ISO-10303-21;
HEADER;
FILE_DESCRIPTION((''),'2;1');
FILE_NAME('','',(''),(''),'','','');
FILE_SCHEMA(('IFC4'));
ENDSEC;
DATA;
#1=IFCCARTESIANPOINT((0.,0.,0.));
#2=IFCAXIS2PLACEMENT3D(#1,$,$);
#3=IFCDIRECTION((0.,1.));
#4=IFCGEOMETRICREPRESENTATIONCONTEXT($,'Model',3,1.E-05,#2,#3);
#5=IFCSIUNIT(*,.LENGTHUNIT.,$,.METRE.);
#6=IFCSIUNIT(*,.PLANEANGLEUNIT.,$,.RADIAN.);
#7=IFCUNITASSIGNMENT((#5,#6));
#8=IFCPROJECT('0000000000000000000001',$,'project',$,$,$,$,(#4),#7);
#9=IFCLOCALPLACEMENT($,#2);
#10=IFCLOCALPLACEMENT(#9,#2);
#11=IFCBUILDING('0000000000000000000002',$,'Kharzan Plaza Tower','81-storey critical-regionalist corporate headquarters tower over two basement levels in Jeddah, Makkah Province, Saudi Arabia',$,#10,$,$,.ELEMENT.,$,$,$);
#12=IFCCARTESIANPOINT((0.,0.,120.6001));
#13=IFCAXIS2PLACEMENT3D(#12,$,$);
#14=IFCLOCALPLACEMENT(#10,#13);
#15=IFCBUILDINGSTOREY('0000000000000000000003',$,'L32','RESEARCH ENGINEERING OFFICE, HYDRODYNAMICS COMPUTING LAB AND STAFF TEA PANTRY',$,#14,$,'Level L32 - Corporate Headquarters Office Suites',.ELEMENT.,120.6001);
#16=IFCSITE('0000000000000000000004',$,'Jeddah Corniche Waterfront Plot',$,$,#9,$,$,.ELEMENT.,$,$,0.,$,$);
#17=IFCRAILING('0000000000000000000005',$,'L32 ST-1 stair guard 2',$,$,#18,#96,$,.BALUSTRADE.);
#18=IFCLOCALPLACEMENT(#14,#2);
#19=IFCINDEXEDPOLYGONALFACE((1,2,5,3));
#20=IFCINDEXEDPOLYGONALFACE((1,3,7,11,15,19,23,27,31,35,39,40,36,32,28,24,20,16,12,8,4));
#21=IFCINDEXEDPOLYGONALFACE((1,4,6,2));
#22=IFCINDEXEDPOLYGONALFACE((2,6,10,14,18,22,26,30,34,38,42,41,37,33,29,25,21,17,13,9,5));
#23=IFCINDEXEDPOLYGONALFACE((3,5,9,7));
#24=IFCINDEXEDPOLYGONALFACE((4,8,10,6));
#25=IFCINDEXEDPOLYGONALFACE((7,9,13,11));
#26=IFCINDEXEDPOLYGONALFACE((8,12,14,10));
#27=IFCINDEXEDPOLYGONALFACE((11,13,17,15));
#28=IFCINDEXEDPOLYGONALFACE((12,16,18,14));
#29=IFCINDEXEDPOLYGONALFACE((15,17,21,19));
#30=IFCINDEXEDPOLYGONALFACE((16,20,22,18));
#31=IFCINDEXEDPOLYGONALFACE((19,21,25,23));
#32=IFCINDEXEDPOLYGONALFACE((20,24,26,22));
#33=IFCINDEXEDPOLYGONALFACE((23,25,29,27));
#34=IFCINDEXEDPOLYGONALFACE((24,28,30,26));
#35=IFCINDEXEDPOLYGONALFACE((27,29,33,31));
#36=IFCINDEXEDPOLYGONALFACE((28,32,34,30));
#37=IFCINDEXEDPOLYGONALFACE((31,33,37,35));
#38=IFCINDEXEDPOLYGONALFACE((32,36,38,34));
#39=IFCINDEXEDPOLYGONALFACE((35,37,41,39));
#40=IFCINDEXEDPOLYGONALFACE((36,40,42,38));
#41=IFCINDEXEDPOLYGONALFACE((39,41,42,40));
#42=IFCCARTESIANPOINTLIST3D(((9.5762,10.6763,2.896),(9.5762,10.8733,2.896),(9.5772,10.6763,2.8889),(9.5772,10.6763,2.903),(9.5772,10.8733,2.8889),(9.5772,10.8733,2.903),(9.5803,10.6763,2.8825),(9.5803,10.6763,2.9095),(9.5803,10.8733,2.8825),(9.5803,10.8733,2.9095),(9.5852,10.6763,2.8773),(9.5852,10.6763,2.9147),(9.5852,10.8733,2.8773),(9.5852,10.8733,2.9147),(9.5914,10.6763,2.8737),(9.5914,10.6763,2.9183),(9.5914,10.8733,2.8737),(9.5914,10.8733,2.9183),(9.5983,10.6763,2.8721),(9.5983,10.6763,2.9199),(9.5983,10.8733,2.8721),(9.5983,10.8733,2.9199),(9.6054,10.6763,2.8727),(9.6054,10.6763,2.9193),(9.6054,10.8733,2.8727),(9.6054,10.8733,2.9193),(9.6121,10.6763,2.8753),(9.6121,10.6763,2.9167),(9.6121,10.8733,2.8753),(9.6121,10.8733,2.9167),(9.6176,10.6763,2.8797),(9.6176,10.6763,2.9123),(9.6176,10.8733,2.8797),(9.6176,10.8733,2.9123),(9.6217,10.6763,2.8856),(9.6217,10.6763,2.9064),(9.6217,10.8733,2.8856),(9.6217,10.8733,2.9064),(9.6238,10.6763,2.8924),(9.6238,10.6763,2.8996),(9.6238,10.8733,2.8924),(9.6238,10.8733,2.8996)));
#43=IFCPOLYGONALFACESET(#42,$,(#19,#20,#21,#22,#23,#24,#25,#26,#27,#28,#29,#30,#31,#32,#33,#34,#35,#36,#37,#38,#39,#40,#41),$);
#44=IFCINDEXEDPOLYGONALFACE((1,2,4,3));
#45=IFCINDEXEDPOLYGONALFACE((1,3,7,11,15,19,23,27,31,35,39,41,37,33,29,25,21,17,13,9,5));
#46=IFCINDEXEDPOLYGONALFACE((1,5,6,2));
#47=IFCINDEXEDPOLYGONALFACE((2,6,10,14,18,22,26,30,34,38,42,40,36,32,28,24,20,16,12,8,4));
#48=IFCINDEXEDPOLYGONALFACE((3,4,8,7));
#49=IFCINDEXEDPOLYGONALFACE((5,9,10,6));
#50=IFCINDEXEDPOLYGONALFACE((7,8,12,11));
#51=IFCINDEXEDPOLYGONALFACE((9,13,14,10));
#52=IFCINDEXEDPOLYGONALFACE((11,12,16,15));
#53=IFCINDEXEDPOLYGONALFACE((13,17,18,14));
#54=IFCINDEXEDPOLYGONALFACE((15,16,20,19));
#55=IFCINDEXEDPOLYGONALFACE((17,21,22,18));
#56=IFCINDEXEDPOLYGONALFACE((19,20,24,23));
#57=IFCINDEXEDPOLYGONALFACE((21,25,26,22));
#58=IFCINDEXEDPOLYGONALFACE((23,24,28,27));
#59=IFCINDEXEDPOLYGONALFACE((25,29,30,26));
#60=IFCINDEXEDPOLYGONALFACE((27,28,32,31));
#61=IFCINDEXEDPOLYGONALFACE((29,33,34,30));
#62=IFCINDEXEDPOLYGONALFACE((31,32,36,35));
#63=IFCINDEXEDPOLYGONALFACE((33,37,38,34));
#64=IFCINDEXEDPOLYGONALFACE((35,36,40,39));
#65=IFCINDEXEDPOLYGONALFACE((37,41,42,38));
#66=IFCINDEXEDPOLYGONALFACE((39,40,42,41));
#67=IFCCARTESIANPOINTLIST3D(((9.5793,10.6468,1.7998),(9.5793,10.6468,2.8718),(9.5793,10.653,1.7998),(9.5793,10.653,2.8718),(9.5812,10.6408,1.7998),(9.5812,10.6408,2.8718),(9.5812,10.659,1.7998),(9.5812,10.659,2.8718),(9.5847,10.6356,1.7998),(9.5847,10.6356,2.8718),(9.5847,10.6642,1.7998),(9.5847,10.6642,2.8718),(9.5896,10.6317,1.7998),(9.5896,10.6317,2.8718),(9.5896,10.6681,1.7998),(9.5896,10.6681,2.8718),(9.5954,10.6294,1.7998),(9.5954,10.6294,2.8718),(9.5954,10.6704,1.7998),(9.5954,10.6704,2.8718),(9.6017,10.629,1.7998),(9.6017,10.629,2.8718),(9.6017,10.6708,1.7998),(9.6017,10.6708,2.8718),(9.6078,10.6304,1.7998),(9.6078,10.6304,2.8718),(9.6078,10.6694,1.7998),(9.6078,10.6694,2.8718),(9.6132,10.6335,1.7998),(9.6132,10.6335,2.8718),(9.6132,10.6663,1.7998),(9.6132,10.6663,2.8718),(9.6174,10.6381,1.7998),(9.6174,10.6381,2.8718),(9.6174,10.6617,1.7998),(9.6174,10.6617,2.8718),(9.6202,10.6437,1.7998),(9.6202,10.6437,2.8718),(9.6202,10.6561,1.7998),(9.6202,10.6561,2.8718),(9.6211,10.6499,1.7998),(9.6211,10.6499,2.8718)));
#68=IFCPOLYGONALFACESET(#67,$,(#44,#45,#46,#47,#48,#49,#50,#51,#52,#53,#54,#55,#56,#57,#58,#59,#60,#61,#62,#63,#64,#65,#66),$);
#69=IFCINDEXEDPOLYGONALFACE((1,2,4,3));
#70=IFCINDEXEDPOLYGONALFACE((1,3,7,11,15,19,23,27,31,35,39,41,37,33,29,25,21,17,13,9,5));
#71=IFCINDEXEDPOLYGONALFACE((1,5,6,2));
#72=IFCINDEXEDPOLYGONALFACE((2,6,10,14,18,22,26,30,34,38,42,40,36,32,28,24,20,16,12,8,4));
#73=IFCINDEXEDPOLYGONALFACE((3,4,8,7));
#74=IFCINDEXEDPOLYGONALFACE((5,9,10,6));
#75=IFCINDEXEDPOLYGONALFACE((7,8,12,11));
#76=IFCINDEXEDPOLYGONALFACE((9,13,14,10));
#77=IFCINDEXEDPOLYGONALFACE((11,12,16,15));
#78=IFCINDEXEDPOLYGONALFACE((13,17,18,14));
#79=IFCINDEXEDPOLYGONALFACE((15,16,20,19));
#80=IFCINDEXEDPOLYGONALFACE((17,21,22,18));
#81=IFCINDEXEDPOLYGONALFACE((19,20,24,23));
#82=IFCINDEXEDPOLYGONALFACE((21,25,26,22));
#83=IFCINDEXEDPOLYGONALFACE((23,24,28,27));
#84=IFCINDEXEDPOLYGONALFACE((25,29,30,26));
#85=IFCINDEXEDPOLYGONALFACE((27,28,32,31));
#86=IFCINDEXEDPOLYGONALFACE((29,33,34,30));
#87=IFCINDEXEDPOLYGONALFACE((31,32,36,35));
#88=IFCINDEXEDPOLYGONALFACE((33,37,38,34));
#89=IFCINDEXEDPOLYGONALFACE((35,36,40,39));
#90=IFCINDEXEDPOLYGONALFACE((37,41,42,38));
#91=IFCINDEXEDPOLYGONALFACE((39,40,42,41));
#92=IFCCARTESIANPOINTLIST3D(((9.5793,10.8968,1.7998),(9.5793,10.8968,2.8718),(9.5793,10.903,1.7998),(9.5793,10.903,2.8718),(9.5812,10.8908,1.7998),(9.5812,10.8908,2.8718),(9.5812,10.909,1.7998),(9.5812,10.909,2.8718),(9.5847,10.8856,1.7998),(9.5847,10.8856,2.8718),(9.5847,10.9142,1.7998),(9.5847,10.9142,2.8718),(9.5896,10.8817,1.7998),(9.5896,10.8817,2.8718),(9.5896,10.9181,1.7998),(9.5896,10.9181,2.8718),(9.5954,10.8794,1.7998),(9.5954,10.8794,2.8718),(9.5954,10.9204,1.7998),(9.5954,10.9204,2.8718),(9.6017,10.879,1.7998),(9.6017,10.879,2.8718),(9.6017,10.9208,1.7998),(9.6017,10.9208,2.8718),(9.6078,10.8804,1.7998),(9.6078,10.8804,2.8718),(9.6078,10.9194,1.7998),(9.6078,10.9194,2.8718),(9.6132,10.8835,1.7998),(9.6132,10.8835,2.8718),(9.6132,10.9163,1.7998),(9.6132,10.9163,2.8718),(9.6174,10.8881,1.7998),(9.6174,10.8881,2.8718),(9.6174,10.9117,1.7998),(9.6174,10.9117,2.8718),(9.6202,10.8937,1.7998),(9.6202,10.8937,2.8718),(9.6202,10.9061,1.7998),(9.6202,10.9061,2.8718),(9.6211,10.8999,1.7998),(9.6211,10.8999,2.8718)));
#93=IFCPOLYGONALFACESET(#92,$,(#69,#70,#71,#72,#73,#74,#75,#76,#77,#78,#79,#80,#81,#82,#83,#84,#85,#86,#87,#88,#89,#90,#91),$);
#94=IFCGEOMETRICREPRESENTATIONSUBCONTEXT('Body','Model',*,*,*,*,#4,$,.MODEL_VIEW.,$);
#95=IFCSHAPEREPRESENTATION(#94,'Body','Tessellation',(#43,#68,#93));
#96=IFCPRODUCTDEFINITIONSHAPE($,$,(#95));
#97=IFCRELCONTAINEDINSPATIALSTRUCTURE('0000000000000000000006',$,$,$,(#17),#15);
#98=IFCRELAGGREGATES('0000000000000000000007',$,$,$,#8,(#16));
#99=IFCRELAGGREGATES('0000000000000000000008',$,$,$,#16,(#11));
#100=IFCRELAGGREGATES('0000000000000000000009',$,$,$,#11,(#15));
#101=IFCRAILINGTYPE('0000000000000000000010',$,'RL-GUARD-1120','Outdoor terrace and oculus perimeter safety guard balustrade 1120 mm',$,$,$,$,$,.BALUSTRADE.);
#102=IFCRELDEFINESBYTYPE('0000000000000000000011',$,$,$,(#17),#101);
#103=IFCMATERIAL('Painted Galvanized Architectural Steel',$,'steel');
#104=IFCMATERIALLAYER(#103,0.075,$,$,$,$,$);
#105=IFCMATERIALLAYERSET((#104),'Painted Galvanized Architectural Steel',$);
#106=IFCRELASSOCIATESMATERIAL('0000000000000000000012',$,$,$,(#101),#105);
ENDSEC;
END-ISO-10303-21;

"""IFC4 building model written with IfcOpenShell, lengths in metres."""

from ifc_helpers import new_model, si_unit, direction, frame, origin, origin_2d, place, context, subcontext, project, spatial, circle, extrude, source, transform, mapped, material, layer, layer_set, type_object, element, save


model = new_model("IFC4")

# Units and contexts
model_context = context("Model", 3, precision=1e-05, world=origin(), true_north=direction((0.0, 1.0)))
body_context = subcontext(model_context, "Body", "Model", "MODEL_VIEW")
ifc_project = project(units=[si_unit("LENGTHUNIT", "METRE"), si_unit("PLANEANGLEUNIT", "RADIAN")], contexts=[model_context])

# Site, building, storey
site_placement = place(None, origin())
site = spatial("IfcSite", under=ifc_project, at=site_placement, Name="Jeddah Corniche Waterfront Plot", CompositionType="ELEMENT", RefElevation=0.0)
building_placement = place(site_placement, origin())
building = spatial("IfcBuilding", under=site, at=building_placement, Name="Kharzan Plaza Tower", Description="81-storey critical-regionalist corporate headquarters tower over two basement levels in Jeddah, Makkah Province, Saudi Arabia", CompositionType="ELEMENT")
storey_placement = place(building_placement, frame((0.0, 0.0, 120.6001)))
storey = spatial("IfcBuildingStorey", under=building, at=storey_placement, Name="L32", Description="RESEARCH ENGINEERING OFFICE, HYDRODYNAMICS COMPUTING LAB AND STAFF TEA PANTRY", LongName="Level L32 - Corporate Headquarters Office Suites", CompositionType="ELEMENT", Elevation=120.6001)

# Railing
ifc_material_1 = material(Name="Painted Galvanized Architectural Steel", Category="steel")
ifc_layer_1 = layer(ifc_material_1, 0.075)
ifc_layer_set_1 = layer_set([ifc_layer_1], Name="Painted Galvanized Architectural Steel")
railing_type_1 = type_object("IfcRailingType", Name="RL-GUARD-1120", Description="Outdoor terrace and oculus perimeter safety guard balustrade 1120 mm", PredefinedType="BALUSTRADE", material=ifc_layer_set_1)
shared_shape_1 = source(origin(), body_context, "Body", "SweptSolid", [
    extrude(circle(Radius=0.0239, at=origin_2d()), frame((0.0, 0.0264, 1.0962), z_axis=(0.0, 1.0, 0.0), x_axis=(-1.0, 0.0, 0.0)), (0.0, 0.0, 1.0), 0.197),
    extrude(circle(Radius=0.021, at=origin_2d()), origin(), (0.0, 0.0, 1.0), 1.072),
    extrude(circle(Radius=0.021, at=origin_2d()), frame((0.0, 0.25, 0.0)), (0.0, 0.0, 1.0), 1.072),
])
railing_1_placement = place(storey_placement, frame((9.6001, 10.6499, 1.7998)))
element("IfcRailing", 1, at=railing_1_placement, inside=storey, type_object=railing_type_1, Name="L32 ST-1 stair guard 2", PredefinedType="BALUSTRADE", context=body_context, shape_type="MappedRepresentation", body=[
    mapped(shared_shape_1, transform((0.0, 0.0, 0.0), x_axis=(1.0, 0.0, 0.0), y_axis=(0.0, 1.0, 0.0), z_axis=(0.0, 0.0, 1.0))),
])

save(model, "model.ifc")
